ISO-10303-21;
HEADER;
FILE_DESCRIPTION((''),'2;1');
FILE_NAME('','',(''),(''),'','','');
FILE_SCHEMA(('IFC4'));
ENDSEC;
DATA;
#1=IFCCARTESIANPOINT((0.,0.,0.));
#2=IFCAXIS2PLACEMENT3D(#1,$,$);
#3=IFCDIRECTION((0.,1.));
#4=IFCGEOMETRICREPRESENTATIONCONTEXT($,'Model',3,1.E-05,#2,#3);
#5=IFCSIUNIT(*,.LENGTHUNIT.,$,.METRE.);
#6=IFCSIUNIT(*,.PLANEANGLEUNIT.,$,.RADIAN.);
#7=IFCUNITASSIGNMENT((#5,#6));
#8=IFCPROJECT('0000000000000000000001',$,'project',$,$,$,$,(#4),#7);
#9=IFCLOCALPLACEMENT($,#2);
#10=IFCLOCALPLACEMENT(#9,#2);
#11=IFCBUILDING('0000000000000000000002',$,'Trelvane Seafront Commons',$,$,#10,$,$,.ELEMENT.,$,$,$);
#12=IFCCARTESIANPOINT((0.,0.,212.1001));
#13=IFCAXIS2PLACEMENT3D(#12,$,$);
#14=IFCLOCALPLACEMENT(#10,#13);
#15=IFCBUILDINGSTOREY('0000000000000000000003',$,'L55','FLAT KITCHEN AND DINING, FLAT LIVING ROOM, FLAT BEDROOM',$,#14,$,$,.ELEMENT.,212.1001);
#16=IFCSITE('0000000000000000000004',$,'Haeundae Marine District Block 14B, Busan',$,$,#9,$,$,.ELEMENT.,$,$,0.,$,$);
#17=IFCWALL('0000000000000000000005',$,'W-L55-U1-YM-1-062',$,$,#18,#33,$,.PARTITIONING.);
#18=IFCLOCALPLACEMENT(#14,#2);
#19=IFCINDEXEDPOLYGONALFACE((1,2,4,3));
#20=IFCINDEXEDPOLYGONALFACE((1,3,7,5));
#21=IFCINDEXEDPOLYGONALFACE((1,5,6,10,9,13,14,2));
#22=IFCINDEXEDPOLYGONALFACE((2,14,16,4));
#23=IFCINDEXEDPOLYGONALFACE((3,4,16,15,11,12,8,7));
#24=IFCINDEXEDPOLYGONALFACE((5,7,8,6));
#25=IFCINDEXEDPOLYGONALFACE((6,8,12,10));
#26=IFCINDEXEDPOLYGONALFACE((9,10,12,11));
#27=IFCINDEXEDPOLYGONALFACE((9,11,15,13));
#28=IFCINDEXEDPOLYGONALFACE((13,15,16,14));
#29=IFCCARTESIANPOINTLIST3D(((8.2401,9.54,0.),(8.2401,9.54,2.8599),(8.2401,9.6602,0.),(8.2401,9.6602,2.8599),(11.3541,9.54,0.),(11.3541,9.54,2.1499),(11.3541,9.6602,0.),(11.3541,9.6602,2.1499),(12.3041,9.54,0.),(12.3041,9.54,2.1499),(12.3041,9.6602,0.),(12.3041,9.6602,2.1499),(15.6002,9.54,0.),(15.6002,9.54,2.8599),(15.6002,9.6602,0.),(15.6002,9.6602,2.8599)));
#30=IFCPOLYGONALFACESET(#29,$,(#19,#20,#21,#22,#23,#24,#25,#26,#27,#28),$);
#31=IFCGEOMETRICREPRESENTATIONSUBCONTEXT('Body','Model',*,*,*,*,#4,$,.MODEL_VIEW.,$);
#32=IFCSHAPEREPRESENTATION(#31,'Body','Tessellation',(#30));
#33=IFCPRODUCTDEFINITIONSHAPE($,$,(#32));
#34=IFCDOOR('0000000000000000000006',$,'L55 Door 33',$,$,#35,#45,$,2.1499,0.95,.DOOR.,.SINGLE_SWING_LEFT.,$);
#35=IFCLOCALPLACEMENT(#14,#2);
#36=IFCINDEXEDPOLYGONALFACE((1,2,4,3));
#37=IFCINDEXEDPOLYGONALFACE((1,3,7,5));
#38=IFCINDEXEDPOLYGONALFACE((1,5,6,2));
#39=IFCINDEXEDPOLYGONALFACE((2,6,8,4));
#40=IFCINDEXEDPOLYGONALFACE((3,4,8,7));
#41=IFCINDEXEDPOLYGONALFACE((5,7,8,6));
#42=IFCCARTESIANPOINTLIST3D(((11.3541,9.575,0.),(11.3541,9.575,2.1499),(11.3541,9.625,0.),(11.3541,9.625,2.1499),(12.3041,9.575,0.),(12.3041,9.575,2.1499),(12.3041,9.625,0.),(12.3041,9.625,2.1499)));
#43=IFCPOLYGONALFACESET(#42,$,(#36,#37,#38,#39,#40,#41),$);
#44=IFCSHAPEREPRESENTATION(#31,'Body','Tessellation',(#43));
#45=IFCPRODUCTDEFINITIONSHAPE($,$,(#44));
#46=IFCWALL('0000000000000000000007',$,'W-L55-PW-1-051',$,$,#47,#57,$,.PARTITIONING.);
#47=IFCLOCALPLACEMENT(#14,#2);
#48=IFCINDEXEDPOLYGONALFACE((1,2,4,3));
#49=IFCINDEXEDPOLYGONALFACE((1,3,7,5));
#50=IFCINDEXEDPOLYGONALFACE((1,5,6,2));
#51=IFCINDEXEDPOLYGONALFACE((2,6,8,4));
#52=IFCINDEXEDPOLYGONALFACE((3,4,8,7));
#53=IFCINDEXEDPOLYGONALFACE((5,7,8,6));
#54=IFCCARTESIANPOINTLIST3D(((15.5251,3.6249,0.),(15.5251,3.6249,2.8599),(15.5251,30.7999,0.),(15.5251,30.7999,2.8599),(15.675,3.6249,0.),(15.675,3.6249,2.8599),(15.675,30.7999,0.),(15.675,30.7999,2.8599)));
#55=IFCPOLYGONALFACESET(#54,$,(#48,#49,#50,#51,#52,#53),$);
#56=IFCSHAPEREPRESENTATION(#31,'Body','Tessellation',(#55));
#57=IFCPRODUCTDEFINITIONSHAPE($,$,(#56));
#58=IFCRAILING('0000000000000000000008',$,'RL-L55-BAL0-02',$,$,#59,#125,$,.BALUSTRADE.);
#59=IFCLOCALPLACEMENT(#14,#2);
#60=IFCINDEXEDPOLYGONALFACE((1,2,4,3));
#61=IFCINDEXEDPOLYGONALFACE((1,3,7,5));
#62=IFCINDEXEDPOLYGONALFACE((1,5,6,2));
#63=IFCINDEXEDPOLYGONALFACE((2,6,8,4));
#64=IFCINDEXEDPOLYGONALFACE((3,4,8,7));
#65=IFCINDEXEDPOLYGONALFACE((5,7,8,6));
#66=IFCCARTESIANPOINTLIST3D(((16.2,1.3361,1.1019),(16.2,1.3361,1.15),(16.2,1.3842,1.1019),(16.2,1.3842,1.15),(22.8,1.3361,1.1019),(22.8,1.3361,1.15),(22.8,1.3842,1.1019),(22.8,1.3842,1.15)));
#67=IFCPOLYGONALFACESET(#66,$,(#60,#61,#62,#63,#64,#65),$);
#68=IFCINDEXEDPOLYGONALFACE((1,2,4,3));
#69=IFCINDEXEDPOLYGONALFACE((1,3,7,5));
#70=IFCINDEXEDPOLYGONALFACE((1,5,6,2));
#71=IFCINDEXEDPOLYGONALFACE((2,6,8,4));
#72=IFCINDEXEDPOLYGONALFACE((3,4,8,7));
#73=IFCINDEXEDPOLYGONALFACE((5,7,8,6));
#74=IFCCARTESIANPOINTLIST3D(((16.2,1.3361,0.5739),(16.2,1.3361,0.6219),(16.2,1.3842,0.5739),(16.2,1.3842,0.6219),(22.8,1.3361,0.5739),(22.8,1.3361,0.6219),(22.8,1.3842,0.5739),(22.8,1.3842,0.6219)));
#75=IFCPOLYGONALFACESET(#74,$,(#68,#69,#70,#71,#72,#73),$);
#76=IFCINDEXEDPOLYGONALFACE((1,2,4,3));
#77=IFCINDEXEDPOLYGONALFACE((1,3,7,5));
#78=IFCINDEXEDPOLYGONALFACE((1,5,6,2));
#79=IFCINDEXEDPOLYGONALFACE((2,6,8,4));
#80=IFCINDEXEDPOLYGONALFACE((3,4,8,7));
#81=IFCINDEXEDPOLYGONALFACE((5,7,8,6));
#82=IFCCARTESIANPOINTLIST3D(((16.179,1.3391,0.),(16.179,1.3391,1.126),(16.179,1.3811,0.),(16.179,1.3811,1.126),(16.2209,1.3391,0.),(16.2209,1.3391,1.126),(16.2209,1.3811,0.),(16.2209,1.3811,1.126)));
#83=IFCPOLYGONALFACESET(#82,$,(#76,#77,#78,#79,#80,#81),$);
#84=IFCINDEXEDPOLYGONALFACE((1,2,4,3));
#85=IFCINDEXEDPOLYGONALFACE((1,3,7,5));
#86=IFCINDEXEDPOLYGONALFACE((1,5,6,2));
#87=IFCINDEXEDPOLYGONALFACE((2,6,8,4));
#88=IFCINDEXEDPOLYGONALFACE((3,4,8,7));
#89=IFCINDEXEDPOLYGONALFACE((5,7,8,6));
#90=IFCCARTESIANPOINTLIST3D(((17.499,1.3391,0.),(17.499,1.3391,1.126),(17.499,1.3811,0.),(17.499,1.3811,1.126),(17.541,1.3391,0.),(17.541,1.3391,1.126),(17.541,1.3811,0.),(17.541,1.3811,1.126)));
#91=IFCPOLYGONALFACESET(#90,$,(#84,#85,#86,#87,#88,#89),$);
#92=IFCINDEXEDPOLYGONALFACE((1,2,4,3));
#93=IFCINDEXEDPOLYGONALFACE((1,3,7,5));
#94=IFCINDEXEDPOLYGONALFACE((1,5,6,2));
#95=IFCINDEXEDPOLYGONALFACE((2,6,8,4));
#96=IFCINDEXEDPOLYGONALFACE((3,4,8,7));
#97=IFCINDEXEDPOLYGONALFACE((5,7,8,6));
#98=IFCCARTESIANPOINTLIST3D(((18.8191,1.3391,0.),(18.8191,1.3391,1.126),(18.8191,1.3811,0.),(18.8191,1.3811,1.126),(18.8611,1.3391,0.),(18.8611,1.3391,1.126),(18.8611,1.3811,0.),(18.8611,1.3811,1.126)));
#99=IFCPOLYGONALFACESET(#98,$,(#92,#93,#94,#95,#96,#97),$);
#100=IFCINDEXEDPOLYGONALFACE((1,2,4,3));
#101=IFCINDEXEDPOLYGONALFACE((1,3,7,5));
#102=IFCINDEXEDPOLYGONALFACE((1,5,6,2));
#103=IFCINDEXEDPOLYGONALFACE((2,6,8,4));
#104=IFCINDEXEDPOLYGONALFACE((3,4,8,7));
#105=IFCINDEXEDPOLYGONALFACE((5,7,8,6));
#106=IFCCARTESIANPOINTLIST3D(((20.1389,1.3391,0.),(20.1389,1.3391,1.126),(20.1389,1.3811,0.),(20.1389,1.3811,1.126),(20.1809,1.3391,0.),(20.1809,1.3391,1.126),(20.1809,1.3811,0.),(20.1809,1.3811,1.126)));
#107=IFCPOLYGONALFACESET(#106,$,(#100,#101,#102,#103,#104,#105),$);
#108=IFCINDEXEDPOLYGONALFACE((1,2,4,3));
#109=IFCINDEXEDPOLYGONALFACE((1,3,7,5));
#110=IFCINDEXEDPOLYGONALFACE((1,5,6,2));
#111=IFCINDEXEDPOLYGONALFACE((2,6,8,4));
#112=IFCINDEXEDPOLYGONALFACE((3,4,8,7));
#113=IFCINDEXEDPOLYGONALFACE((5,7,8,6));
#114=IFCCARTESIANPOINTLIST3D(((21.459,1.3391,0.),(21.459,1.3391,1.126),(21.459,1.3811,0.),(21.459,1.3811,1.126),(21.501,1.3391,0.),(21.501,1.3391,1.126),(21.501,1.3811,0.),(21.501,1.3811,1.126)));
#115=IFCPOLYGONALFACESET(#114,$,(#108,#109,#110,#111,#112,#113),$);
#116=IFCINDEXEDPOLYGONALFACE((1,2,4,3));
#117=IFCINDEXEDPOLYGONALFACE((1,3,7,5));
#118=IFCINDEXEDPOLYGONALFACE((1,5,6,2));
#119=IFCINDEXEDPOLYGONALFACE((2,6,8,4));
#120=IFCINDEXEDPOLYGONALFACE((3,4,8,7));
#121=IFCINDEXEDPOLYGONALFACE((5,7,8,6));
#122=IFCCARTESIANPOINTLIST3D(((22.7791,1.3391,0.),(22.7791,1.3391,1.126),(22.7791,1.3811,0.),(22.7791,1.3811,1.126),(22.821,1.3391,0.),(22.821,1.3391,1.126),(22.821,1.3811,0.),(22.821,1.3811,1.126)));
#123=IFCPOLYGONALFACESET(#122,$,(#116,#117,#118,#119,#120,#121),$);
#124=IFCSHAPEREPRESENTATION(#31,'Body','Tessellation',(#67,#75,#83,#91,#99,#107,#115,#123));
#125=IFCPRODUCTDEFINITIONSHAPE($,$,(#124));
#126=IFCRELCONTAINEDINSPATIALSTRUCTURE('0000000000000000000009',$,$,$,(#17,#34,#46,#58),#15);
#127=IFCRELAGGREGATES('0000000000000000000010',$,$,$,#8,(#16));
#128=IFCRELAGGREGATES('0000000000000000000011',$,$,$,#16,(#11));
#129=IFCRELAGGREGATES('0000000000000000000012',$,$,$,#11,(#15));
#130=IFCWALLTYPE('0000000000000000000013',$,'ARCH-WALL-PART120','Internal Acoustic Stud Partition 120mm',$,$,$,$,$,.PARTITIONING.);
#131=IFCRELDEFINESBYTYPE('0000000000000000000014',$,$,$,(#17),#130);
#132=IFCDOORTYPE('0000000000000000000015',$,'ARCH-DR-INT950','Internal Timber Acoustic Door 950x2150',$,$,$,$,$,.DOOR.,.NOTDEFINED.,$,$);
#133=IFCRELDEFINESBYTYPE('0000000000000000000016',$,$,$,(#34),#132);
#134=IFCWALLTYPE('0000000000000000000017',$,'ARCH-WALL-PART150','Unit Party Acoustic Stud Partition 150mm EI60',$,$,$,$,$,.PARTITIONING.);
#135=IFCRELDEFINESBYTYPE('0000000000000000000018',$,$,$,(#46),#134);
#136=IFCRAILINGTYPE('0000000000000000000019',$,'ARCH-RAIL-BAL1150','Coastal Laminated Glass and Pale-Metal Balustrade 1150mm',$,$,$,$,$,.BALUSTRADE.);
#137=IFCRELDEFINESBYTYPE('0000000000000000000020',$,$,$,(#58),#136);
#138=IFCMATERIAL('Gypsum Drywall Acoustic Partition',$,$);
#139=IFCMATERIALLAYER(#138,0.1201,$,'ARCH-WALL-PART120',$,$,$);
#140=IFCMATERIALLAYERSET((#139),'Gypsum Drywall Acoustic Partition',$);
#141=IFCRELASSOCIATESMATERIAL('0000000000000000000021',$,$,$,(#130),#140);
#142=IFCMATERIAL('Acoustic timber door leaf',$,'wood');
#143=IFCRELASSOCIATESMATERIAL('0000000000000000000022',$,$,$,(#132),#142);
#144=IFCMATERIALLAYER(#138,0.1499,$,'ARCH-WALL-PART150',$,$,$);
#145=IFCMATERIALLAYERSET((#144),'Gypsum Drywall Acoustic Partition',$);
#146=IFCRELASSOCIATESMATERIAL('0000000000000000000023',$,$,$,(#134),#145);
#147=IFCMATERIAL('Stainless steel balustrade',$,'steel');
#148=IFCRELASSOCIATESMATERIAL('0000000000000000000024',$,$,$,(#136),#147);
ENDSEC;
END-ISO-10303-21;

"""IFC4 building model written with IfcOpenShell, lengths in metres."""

from ifc_helpers import new_model, si_unit, direction, frame, frame_2d, origin, origin_2d, place, context, subcontext, project, spatial, rectangle, extrude, source, transform, mapped, material, layer, layer_set, type_object, element, fill, save


model = new_model("IFC4")

# Units and contexts
model_context = context("Model", 3, precision=1e-05, world=origin(), true_north=direction((0.0, 1.0)))
body_context = subcontext(model_context, "Body", "Model", "MODEL_VIEW")
ifc_project = project(units=[si_unit("LENGTHUNIT", "METRE"), si_unit("PLANEANGLEUNIT", "RADIAN")], contexts=[model_context])

# Site, building, storey
site_placement = place(None, origin())
site = spatial("IfcSite", under=ifc_project, at=site_placement, Name="Haeundae Marine District Block 14B, Busan", CompositionType="ELEMENT", RefElevation=0.0)
building_placement = place(site_placement, origin())
building = spatial("IfcBuilding", under=site, at=building_placement, Name="Trelvane Seafront Commons", CompositionType="ELEMENT")
storey_placement = place(building_placement, frame((0.0, 0.0, 212.1001)))
storey = spatial("IfcBuildingStorey", under=building, at=storey_placement, Name="L55", Description="FLAT KITCHEN AND DINING, FLAT LIVING ROOM, FLAT BEDROOM", CompositionType="ELEMENT", Elevation=212.1001)

# Wall, opening, door
ifc_material_1 = material(Name="Gypsum Drywall Acoustic Partition")
ifc_layer_1 = layer(ifc_material_1, 0.1201, Name="ARCH-WALL-PART120")
ifc_layer_set_1 = layer_set([ifc_layer_1], Name="Gypsum Drywall Acoustic Partition")
wall_type_1 = type_object("IfcWallType", Name="ARCH-WALL-PART120", Description="Internal Acoustic Stud Partition 120mm", PredefinedType="PARTITIONING", material=ifc_layer_set_1)
wall_1_placement = place(storey_placement, frame((8.24, 9.6001, 0.0), z_axis=(0.0, 0.0, 1.0), x_axis=(1.0, 0.0, 0.0)))
wall_1 = element("IfcWall", 1, at=wall_1_placement, inside=storey, type_object=wall_type_1, Name="W-L55-U1-YM-1-062", PredefinedType="PARTITIONING", context=body_context, shape_type="SweptSolid", body=[
    extrude(rectangle(XDim=7.3601, YDim=0.1201, at=frame_2d((3.6802, 0.0))), origin(), (0.0, 0.0, 1.0), 2.8599),
])
opening_1_placement = place(wall_1_placement, frame((3.114, 0.0, 0.0)))
opening_1 = element("IfcOpeningElement", 2, at=opening_1_placement, cuts=wall_1, PredefinedType="OPENING", context=body_context, shape_type="SweptSolid", body=[
    extrude(rectangle(XDim=0.95, YDim=2.1499, at=frame_2d((0.4751, 1.075))), frame((0.0, 0.0701, 0.0), z_axis=(0.0, -1.0, 0.0), x_axis=(1.0, 0.0, 0.0)), (0.0, 0.0, 1.0), 0.1401),
])
ifc_material_2 = material(Name="Acoustic timber door leaf", Category="wood")
door_type = type_object("IfcDoorType", Name="ARCH-DR-INT950", Description="Internal Timber Acoustic Door 950x2150", OperationType="NOTDEFINED", PredefinedType="DOOR", material=ifc_material_2)
shared_shape_1 = source(origin(), body_context, "Body", "SweptSolid", [
    extrude(rectangle(XDim=0.95, YDim=2.1499, at=frame_2d((0.4751, 1.075))), frame((0.0, 0.0249, 0.0), z_axis=(0.0, -1.0, 0.0), x_axis=(1.0, 0.0, 0.0)), (0.0, 0.0, 1.0), 0.05),
])
door_placement = place(opening_1_placement, origin())
door = element("IfcDoor", 3, at=door_placement, inside=storey, type_object=door_type, Name="L55 Door 33", OperationType="SINGLE_SWING_LEFT", OverallHeight=2.1499, OverallWidth=0.95, PredefinedType="DOOR", context=body_context, shape_type="MappedRepresentation", body=[
    mapped(shared_shape_1, transform((0.0, 0.0, 0.0), x_axis=(1.0, 0.0, 0.0), y_axis=(0.0, 1.0, 0.0), z_axis=(0.0, 0.0, 1.0), scale=1.0)),
])
fill(opening_1, door)

# Wall
ifc_layer_2 = layer(ifc_material_1, 0.1499, Name="ARCH-WALL-PART150")
ifc_layer_set_2 = layer_set([ifc_layer_2], Name="Gypsum Drywall Acoustic Partition")
wall_type_2 = type_object("IfcWallType", Name="ARCH-WALL-PART150", Description="Unit Party Acoustic Stud Partition 150mm EI60", PredefinedType="PARTITIONING", material=ifc_layer_set_2)
wall_2_placement = place(storey_placement, frame((15.6001, 3.625, 0.0), z_axis=(0.0, 0.0, 1.0), x_axis=(0.0, 1.0, 0.0)))
element("IfcWall", 4, at=wall_2_placement, inside=storey, type_object=wall_type_2, Name="W-L55-PW-1-051", PredefinedType="PARTITIONING", context=body_context, shape_type="SweptSolid", body=[
    extrude(rectangle(XDim=27.175, YDim=0.1499, at=frame_2d((13.5874, 0.0))), origin(), (0.0, 0.0, 1.0), 2.8599),
])

# Railing
ifc_material_3 = material(Name="Stainless steel balustrade", Category="steel")
railing_type = type_object("IfcRailingType", Name="ARCH-RAIL-BAL1150", Description="Coastal Laminated Glass and Pale-Metal Balustrade 1150mm", PredefinedType="BALUSTRADE", material=ifc_material_3)
railing_placement = place(storey_placement, frame((16.2, 1.3601, 0.0)))
element("IfcRailing", 5, at=railing_placement, inside=storey, type_object=railing_type, Name="RL-L55-BAL0-02", PredefinedType="BALUSTRADE", context=body_context, shape_type="SweptSolid", body=[
    extrude(rectangle(XDim=0.0481, YDim=0.0481, at=origin_2d()), frame((0.0, 0.0, 1.126), z_axis=(1.0, 0.0, 0.0), x_axis=(0.0, 1.0, 0.0)), (0.0, 0.0, 1.0), 6.6001),
    extrude(rectangle(XDim=0.0481, YDim=0.0481, at=origin_2d()), frame((0.0, 0.0, 0.5979), z_axis=(1.0, 0.0, 0.0), x_axis=(0.0, 1.0, 0.0)), (0.0, 0.0, 1.0), 6.6001),
    extrude(rectangle(XDim=0.042, YDim=0.042, at=origin_2d()), origin(), (0.0, 0.0, 1.0), 1.126),
    extrude(rectangle(XDim=0.042, YDim=0.042, at=origin_2d()), frame((1.3201, 0.0, 0.0)), (0.0, 0.0, 1.0), 1.126),
    extrude(rectangle(XDim=0.042, YDim=0.042, at=origin_2d()), frame((2.6401, 0.0, 0.0)), (0.0, 0.0, 1.0), 1.126),
    extrude(rectangle(XDim=0.042, YDim=0.042, at=origin_2d()), frame((3.96, 0.0, 0.0)), (0.0, 0.0, 1.0), 1.126),
    extrude(rectangle(XDim=0.042, YDim=0.042, at=origin_2d()), frame((5.28, 0.0, 0.0)), (0.0, 0.0, 1.0), 1.126),
    extrude(rectangle(XDim=0.042, YDim=0.042, at=origin_2d()), frame((6.6001, 0.0, 0.0)), (0.0, 0.0, 1.0), 1.126),
])

save(model, "model.ifc")
